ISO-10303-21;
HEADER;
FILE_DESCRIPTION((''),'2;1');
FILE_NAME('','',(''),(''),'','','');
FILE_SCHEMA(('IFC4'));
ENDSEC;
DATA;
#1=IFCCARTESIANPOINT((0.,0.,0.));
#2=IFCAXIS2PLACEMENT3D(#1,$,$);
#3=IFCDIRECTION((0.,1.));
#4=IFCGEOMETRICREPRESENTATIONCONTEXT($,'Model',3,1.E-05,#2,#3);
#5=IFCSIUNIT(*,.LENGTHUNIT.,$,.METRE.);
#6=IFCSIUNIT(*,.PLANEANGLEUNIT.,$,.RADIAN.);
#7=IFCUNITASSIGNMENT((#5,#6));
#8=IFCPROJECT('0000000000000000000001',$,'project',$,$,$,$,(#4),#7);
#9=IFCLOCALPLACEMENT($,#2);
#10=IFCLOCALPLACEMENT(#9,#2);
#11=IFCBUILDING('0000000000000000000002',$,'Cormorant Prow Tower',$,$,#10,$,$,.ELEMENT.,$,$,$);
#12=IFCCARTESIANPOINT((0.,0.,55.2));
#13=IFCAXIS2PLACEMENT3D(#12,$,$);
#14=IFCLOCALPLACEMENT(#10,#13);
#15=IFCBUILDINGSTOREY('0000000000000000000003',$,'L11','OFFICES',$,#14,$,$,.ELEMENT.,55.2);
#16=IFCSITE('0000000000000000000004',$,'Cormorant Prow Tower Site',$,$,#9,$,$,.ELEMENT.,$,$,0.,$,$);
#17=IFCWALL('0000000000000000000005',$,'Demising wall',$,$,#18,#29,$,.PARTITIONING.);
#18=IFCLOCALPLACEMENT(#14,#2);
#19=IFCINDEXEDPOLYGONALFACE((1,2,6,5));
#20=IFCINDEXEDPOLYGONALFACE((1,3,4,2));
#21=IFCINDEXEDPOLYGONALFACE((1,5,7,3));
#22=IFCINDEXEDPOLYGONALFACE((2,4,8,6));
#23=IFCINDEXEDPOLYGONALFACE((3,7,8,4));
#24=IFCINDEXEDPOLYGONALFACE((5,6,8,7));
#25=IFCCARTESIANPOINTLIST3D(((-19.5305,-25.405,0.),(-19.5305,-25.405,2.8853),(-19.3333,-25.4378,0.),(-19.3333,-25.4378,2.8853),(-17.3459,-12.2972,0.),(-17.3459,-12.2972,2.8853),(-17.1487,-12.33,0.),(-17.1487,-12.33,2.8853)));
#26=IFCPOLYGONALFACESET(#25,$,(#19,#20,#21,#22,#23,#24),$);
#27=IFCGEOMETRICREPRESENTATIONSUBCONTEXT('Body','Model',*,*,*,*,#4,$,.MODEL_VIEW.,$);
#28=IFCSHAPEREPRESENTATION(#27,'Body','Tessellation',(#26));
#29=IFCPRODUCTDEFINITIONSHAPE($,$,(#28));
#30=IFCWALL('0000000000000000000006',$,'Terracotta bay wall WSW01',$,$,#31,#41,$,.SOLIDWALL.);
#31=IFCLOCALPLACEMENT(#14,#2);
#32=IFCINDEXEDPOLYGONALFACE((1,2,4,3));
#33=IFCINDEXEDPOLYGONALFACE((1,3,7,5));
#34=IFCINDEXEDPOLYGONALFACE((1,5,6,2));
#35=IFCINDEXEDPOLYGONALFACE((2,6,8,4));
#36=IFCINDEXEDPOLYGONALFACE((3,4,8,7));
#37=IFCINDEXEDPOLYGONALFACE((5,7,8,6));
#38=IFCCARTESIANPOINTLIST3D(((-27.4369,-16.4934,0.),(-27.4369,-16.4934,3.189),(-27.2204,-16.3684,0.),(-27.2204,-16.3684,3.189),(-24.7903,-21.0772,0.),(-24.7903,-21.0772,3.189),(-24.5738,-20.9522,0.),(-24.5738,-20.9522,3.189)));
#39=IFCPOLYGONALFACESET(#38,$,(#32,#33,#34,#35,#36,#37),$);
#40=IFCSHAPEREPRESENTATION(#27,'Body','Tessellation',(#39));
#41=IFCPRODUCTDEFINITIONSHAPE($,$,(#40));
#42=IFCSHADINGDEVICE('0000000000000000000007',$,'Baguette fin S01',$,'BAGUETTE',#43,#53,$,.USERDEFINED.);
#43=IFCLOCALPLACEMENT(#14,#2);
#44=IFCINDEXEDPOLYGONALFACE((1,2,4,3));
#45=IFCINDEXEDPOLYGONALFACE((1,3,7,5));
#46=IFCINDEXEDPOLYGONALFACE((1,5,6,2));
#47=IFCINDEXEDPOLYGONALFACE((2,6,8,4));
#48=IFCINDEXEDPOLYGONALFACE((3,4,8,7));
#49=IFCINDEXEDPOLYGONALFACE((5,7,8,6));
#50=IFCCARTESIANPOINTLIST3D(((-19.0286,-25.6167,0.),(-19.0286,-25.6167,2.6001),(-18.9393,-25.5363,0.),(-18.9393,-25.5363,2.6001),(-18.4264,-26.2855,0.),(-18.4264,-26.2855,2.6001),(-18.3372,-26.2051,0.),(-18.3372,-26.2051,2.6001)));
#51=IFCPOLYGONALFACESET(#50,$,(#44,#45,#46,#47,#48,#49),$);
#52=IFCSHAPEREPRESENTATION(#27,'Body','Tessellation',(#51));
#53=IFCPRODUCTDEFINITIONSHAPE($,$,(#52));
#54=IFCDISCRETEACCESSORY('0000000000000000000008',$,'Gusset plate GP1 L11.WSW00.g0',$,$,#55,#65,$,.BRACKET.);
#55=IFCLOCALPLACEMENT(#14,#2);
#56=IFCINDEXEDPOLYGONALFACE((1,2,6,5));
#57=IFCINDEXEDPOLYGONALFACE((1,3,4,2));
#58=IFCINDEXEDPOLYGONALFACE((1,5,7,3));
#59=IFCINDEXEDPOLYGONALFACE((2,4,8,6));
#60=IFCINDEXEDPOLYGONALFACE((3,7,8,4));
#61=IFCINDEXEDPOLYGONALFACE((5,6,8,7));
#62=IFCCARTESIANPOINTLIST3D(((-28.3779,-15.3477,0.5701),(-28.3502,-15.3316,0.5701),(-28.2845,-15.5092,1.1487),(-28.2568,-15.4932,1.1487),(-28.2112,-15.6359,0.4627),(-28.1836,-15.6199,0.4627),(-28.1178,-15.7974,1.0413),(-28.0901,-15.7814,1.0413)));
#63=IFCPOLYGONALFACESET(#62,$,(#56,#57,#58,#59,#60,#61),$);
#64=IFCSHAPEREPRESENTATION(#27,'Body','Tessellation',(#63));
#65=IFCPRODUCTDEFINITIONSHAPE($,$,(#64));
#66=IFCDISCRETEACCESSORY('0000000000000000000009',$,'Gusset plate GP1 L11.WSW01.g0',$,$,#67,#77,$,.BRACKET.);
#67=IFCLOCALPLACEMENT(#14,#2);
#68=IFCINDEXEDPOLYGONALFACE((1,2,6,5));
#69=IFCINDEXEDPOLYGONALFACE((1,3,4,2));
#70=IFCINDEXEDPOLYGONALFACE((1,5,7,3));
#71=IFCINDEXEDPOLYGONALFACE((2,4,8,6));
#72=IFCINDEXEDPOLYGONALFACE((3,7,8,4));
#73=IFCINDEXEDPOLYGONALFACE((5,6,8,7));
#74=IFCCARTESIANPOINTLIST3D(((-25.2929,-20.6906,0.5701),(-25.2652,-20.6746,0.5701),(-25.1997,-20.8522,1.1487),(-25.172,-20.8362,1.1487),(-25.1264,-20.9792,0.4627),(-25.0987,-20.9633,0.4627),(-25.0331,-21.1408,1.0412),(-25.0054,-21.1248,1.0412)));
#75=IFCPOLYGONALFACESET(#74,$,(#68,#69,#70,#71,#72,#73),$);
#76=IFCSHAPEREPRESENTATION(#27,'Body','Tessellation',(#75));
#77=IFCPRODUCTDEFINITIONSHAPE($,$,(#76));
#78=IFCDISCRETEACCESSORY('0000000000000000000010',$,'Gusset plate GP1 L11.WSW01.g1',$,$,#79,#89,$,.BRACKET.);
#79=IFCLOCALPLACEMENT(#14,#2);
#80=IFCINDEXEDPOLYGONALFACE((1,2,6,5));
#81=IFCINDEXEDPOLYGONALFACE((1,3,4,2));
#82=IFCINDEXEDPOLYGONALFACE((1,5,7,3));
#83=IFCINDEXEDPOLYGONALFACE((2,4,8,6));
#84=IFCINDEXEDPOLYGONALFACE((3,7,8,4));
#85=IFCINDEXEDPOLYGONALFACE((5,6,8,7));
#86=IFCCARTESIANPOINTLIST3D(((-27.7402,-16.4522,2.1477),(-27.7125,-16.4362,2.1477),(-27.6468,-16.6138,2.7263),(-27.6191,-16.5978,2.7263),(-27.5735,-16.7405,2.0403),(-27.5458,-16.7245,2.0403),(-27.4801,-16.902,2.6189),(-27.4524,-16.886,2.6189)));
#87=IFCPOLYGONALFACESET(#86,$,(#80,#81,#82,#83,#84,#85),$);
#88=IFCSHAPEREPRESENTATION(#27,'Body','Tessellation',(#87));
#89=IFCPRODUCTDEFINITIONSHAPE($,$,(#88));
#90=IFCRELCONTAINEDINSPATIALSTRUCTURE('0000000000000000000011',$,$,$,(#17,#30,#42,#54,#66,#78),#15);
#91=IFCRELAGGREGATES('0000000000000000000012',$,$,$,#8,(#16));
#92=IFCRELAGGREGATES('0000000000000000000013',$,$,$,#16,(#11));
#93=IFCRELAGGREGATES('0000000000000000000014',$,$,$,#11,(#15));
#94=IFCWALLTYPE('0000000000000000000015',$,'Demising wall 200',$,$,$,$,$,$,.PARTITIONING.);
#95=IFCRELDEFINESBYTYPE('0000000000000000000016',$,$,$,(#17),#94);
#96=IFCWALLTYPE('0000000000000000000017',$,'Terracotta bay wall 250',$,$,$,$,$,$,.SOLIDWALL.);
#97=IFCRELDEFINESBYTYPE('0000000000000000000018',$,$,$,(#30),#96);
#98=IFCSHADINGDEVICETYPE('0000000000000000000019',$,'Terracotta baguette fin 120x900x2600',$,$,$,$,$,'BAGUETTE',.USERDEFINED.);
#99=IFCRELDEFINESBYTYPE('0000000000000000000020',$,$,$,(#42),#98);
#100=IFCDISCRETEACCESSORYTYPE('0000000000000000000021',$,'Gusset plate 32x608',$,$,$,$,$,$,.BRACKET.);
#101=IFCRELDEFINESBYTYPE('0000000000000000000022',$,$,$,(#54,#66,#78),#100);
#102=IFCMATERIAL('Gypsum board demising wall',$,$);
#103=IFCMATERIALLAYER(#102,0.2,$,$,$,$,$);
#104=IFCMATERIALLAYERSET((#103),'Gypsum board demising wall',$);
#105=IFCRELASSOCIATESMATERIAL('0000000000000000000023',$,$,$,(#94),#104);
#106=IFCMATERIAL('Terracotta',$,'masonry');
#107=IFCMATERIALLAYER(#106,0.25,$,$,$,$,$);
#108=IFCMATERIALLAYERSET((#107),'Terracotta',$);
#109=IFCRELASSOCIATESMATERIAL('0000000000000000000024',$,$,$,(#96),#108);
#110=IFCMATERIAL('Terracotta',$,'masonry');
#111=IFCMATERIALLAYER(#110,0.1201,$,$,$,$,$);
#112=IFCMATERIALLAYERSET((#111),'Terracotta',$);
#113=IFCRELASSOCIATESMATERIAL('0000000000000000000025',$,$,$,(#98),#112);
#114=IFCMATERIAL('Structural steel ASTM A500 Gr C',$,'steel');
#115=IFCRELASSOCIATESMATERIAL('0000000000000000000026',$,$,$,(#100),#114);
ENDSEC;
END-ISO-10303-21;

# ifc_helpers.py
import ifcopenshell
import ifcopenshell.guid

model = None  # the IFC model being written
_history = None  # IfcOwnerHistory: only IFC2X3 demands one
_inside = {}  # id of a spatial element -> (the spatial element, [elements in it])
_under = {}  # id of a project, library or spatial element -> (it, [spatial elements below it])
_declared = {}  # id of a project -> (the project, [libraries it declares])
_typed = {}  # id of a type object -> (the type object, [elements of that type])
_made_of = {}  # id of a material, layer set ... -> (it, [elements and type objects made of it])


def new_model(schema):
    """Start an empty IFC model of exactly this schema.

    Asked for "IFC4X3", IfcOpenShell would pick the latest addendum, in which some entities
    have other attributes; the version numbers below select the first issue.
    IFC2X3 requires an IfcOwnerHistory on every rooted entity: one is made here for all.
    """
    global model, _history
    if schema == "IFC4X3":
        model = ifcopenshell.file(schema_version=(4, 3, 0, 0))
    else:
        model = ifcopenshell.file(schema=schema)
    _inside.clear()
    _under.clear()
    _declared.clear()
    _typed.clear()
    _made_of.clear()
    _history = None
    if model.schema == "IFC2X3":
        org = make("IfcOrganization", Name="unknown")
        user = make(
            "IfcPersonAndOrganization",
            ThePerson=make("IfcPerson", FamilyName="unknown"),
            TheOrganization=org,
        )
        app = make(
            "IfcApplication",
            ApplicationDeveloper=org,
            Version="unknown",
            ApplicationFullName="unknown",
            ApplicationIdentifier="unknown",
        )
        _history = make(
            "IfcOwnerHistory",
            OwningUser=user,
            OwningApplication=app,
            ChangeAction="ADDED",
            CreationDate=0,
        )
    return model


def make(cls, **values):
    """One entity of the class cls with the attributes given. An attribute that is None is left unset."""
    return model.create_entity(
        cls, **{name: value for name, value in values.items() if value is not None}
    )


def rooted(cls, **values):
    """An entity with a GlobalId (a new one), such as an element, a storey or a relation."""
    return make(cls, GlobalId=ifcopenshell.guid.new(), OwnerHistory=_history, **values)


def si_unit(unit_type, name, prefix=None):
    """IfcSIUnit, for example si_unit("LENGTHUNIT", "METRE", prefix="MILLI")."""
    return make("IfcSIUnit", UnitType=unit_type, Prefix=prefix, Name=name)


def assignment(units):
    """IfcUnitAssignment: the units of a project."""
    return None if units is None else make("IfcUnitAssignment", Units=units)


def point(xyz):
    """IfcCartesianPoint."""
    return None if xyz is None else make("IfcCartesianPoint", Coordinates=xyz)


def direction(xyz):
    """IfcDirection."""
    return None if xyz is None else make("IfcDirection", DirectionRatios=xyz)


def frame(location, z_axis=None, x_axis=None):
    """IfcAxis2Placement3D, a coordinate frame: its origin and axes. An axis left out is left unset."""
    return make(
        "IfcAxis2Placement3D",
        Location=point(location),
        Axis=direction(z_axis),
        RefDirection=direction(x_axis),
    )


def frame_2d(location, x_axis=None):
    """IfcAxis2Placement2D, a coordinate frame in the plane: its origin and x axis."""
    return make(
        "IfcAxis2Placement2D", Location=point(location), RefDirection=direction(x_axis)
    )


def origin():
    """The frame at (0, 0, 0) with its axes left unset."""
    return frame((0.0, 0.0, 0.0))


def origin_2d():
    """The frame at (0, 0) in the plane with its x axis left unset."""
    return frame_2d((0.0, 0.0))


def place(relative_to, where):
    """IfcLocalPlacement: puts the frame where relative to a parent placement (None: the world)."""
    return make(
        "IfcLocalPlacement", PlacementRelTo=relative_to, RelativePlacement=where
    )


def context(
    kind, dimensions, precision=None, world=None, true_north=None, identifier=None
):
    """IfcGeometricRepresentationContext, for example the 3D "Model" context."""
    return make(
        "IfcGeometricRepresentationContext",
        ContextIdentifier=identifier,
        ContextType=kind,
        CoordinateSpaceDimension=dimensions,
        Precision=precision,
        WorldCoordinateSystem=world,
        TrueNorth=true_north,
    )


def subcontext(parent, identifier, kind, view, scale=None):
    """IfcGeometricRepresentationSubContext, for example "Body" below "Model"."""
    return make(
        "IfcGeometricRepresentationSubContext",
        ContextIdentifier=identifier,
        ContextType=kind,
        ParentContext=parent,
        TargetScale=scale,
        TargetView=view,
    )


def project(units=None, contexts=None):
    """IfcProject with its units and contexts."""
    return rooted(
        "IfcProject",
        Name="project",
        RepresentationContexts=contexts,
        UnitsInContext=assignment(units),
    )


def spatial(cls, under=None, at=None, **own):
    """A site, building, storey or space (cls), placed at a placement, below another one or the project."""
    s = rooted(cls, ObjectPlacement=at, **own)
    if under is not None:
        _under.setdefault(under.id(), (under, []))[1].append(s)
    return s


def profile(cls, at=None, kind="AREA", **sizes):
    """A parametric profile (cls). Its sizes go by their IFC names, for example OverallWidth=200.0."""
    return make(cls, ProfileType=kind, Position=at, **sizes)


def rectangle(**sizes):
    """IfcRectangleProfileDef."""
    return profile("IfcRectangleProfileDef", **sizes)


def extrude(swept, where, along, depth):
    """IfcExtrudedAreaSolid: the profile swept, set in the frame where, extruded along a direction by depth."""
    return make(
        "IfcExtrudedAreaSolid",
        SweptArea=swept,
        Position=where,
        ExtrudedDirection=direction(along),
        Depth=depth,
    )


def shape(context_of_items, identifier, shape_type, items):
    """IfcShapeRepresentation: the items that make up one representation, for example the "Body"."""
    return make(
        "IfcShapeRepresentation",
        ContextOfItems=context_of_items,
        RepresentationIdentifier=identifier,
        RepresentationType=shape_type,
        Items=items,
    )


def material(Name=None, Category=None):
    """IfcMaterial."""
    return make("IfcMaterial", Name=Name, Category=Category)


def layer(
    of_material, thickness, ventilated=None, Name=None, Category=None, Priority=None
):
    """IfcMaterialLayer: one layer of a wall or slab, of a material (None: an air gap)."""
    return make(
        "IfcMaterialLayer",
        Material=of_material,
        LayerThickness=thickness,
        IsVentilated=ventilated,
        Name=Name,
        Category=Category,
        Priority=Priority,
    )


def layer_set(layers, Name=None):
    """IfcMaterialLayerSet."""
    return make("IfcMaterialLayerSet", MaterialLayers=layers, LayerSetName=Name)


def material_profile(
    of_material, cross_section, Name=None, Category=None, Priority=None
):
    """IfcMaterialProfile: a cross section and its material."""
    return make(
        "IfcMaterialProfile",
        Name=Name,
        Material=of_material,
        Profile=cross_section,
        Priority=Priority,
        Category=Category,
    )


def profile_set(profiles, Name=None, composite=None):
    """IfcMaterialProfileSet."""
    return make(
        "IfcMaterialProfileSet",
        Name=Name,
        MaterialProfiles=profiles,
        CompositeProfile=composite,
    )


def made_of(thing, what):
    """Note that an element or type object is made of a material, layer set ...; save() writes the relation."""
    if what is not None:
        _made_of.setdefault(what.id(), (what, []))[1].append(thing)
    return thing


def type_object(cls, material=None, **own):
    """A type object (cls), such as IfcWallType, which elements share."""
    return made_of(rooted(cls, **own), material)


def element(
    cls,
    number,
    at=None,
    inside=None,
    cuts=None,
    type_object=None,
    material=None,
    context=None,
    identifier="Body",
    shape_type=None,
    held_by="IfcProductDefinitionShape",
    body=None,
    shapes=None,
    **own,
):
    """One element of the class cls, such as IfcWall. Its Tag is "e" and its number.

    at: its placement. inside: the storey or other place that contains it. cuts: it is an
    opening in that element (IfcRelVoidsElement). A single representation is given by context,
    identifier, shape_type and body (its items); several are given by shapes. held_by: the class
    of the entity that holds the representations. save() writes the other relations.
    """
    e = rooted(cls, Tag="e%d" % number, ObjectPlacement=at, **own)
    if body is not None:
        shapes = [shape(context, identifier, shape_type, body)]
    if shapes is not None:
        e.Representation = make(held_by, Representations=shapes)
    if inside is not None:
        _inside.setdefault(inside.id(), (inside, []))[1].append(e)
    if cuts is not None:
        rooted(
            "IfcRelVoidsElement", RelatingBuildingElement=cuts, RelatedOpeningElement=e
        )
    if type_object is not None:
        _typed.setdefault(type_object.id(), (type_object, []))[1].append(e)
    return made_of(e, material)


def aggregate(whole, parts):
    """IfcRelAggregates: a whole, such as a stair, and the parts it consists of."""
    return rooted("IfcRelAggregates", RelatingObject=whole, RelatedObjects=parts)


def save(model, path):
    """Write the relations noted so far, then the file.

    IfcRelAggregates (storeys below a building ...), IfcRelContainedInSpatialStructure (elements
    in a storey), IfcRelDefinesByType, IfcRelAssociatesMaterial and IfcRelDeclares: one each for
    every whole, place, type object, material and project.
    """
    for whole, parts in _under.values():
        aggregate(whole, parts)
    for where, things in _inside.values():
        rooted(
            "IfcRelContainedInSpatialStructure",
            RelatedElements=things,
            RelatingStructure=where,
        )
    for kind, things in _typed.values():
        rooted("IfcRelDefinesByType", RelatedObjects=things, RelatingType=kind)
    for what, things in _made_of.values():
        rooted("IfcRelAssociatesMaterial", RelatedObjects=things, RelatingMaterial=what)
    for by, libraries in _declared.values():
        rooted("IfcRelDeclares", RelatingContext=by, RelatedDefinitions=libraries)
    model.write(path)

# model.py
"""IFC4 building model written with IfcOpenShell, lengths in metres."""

from ifc_helpers import new_model, si_unit, direction, frame, frame_2d, origin, origin_2d, place, context, subcontext, project, spatial, rectangle, extrude, material, layer, layer_set, material_profile, profile_set, type_object, element, save


model = new_model("IFC4")

# Units and contexts
model_context = context("Model", 3, precision=1e-05, world=origin(), true_north=direction((0.0, 1.0)))
body_context = subcontext(model_context, "Body", "Model", "MODEL_VIEW")
ifc_project = project(units=[si_unit("LENGTHUNIT", "METRE"), si_unit("PLANEANGLEUNIT", "RADIAN")], contexts=[model_context])

# Site, building, storey
site_placement = place(None, origin())
site = spatial("IfcSite", under=ifc_project, at=site_placement, Name="Cormorant Prow Tower Site", CompositionType="ELEMENT", RefElevation=0.0)
building_placement = place(site_placement, origin())
building = spatial("IfcBuilding", under=site, at=building_placement, Name="Cormorant Prow Tower", CompositionType="ELEMENT")
storey_placement = place(building_placement, frame((0.0, 0.0, 55.2)))
storey = spatial("IfcBuildingStorey", under=building, at=storey_placement, Name="L11", Description="OFFICES", CompositionType="ELEMENT", Elevation=55.2)

# Walls
ifc_material_1 = material(Name="Gypsum board demising wall")
ifc_layer_1 = layer(ifc_material_1, 0.2)
ifc_layer_set_1 = layer_set([ifc_layer_1], Name="Gypsum board demising wall")
wall_type_1 = type_object("IfcWallType", Name="Demising wall 200", PredefinedType="PARTITIONING", material=ifc_layer_set_1)
wall_1_placement = place(storey_placement, frame((-19.4319, -25.4214, 0.0), z_axis=(0.0, 0.0, 1.0), x_axis=(0.164396, 0.986394, 0.0)))
element("IfcWall", 1, at=wall_1_placement, inside=storey, type_object=wall_type_1, Name="Demising wall", PredefinedType="PARTITIONING", context=body_context, shape_type="SweptSolid", body=[
    extrude(rectangle(XDim=13.2886, YDim=0.2, at=frame_2d((6.6443, 0.0))), origin(), (0.0, 0.0, 1.0), 2.8853),
])
ifc_material_2 = material(Name="Terracotta", Category="masonry")
ifc_layer_2 = layer(ifc_material_2, 0.25)
ifc_layer_set_2 = layer_set([ifc_layer_2], Name="Terracotta")
wall_type_2 = type_object("IfcWallType", Name="Terracotta bay wall 250", PredefinedType="SOLIDWALL", material=ifc_layer_set_2)
wall_2_placement = place(storey_placement, frame((-27.3286, -16.4309, 0.0), z_axis=(0.0, 0.0, 1.0), x_axis=(0.500009, -0.86602, 0.0)))
element("IfcWall", 2, at=wall_2_placement, inside=storey, type_object=wall_type_2, Name="Terracotta bay wall WSW01", PredefinedType="SOLIDWALL", context=body_context, shape_type="SweptSolid", body=[
    extrude(rectangle(XDim=5.293, YDim=0.25, at=frame_2d((2.6465, 0.0))), origin(), (0.0, 0.0, 1.0), 3.189),
])

# Shading device
ifc_material_3 = material(Name="Terracotta", Category="masonry")
ifc_layer_3 = layer(ifc_material_3, 0.1201)
ifc_layer_set_3 = layer_set([ifc_layer_3], Name="Terracotta")
shading_device_type = type_object("IfcShadingDeviceType", Name="Terracotta baguette fin 120x900x2600", ElementType="BAGUETTE", PredefinedType="USERDEFINED", material=ifc_layer_set_3)
shading_device_placement = place(storey_placement, frame((-18.6829, -25.9109, 0.0), z_axis=(0.0, 0.0, 1.0), x_axis=(0.743145, 0.669131, 0.0)))
element("IfcShadingDevice", 3, at=shading_device_placement, inside=storey, type_object=shading_device_type, Name="Baguette fin S01", ObjectType="BAGUETTE", PredefinedType="USERDEFINED", context=body_context, shape_type="SweptSolid", body=[
    extrude(rectangle(XDim=0.1201, YDim=0.8999, at=origin_2d()), origin(), (0.0, 0.0, 1.0), 2.6001),
])

# Discrete accessories
ifc_material_4 = material(Name="Structural steel ASTM A500 Gr C", Category="steel")
ifc_material_profile_1 = material_profile(ifc_material_4, rectangle(XDim=0.032, YDim=0.6079, at=origin_2d()), Name="Gusset plate 32x608")
ifc_profile_set_1 = profile_set([ifc_material_profile_1], Name="Structural steel ASTM A500 Gr C")
discrete_accessory_type = type_object("IfcDiscreteAccessoryType", Name="Gusset plate 32x608", PredefinedType="BRACKET", material=ifc_profile_set_1)
discrete_accessory_1_placement = place(storey_placement, frame((-28.3174, -15.4204, 0.8594), z_axis=(0.476465, -0.823872, -0.306946), x_axis=(0.86566, 0.500632, 0.0)))
element("IfcDiscreteAccessory", 4, at=discrete_accessory_1_placement, inside=storey, type_object=discrete_accessory_type, Name="Gusset plate GP1 L11.WSW00.g0", PredefinedType="BRACKET", context=body_context, shape_type="SweptSolid", body=[
    extrude(rectangle(XDim=0.032, YDim=0.6079, at=origin_2d()), origin(), (0.0, 0.0, 1.0), 0.3499),
])
discrete_accessory_2_placement = place(storey_placement, frame((-25.2324, -20.7634, 0.8594), z_axis=(0.475652, -0.82437, -0.306872), x_axis=(0.866161, 0.499765, 0.0)))
element("IfcDiscreteAccessory", 5, at=discrete_accessory_2_placement, inside=storey, type_object=discrete_accessory_type, Name="Gusset plate GP1 L11.WSW01.g0", PredefinedType="BRACKET", context=body_context, shape_type="SweptSolid", body=[
    extrude(rectangle(XDim=0.032, YDim=0.6079, at=origin_2d()), origin(), (0.0, 0.0, 1.0), 0.3501),
])
discrete_accessory_3_placement = place(storey_placement, frame((-27.5129, -16.8132, 2.3296), z_axis=(-0.476465, 0.823872, 0.306946), x_axis=(-0.86566, -0.500632, 0.0)))
element("IfcDiscreteAccessory", 6, at=discrete_accessory_3_placement, inside=storey, type_object=discrete_accessory_type, Name="Gusset plate GP1 L11.WSW01.g1", PredefinedType="BRACKET", context=body_context, shape_type="SweptSolid", body=[
    extrude(rectangle(XDim=0.032, YDim=0.6079, at=origin_2d()), origin(), (0.0, 0.0, 1.0), 0.3499),
])

save(model, "model.ifc")
